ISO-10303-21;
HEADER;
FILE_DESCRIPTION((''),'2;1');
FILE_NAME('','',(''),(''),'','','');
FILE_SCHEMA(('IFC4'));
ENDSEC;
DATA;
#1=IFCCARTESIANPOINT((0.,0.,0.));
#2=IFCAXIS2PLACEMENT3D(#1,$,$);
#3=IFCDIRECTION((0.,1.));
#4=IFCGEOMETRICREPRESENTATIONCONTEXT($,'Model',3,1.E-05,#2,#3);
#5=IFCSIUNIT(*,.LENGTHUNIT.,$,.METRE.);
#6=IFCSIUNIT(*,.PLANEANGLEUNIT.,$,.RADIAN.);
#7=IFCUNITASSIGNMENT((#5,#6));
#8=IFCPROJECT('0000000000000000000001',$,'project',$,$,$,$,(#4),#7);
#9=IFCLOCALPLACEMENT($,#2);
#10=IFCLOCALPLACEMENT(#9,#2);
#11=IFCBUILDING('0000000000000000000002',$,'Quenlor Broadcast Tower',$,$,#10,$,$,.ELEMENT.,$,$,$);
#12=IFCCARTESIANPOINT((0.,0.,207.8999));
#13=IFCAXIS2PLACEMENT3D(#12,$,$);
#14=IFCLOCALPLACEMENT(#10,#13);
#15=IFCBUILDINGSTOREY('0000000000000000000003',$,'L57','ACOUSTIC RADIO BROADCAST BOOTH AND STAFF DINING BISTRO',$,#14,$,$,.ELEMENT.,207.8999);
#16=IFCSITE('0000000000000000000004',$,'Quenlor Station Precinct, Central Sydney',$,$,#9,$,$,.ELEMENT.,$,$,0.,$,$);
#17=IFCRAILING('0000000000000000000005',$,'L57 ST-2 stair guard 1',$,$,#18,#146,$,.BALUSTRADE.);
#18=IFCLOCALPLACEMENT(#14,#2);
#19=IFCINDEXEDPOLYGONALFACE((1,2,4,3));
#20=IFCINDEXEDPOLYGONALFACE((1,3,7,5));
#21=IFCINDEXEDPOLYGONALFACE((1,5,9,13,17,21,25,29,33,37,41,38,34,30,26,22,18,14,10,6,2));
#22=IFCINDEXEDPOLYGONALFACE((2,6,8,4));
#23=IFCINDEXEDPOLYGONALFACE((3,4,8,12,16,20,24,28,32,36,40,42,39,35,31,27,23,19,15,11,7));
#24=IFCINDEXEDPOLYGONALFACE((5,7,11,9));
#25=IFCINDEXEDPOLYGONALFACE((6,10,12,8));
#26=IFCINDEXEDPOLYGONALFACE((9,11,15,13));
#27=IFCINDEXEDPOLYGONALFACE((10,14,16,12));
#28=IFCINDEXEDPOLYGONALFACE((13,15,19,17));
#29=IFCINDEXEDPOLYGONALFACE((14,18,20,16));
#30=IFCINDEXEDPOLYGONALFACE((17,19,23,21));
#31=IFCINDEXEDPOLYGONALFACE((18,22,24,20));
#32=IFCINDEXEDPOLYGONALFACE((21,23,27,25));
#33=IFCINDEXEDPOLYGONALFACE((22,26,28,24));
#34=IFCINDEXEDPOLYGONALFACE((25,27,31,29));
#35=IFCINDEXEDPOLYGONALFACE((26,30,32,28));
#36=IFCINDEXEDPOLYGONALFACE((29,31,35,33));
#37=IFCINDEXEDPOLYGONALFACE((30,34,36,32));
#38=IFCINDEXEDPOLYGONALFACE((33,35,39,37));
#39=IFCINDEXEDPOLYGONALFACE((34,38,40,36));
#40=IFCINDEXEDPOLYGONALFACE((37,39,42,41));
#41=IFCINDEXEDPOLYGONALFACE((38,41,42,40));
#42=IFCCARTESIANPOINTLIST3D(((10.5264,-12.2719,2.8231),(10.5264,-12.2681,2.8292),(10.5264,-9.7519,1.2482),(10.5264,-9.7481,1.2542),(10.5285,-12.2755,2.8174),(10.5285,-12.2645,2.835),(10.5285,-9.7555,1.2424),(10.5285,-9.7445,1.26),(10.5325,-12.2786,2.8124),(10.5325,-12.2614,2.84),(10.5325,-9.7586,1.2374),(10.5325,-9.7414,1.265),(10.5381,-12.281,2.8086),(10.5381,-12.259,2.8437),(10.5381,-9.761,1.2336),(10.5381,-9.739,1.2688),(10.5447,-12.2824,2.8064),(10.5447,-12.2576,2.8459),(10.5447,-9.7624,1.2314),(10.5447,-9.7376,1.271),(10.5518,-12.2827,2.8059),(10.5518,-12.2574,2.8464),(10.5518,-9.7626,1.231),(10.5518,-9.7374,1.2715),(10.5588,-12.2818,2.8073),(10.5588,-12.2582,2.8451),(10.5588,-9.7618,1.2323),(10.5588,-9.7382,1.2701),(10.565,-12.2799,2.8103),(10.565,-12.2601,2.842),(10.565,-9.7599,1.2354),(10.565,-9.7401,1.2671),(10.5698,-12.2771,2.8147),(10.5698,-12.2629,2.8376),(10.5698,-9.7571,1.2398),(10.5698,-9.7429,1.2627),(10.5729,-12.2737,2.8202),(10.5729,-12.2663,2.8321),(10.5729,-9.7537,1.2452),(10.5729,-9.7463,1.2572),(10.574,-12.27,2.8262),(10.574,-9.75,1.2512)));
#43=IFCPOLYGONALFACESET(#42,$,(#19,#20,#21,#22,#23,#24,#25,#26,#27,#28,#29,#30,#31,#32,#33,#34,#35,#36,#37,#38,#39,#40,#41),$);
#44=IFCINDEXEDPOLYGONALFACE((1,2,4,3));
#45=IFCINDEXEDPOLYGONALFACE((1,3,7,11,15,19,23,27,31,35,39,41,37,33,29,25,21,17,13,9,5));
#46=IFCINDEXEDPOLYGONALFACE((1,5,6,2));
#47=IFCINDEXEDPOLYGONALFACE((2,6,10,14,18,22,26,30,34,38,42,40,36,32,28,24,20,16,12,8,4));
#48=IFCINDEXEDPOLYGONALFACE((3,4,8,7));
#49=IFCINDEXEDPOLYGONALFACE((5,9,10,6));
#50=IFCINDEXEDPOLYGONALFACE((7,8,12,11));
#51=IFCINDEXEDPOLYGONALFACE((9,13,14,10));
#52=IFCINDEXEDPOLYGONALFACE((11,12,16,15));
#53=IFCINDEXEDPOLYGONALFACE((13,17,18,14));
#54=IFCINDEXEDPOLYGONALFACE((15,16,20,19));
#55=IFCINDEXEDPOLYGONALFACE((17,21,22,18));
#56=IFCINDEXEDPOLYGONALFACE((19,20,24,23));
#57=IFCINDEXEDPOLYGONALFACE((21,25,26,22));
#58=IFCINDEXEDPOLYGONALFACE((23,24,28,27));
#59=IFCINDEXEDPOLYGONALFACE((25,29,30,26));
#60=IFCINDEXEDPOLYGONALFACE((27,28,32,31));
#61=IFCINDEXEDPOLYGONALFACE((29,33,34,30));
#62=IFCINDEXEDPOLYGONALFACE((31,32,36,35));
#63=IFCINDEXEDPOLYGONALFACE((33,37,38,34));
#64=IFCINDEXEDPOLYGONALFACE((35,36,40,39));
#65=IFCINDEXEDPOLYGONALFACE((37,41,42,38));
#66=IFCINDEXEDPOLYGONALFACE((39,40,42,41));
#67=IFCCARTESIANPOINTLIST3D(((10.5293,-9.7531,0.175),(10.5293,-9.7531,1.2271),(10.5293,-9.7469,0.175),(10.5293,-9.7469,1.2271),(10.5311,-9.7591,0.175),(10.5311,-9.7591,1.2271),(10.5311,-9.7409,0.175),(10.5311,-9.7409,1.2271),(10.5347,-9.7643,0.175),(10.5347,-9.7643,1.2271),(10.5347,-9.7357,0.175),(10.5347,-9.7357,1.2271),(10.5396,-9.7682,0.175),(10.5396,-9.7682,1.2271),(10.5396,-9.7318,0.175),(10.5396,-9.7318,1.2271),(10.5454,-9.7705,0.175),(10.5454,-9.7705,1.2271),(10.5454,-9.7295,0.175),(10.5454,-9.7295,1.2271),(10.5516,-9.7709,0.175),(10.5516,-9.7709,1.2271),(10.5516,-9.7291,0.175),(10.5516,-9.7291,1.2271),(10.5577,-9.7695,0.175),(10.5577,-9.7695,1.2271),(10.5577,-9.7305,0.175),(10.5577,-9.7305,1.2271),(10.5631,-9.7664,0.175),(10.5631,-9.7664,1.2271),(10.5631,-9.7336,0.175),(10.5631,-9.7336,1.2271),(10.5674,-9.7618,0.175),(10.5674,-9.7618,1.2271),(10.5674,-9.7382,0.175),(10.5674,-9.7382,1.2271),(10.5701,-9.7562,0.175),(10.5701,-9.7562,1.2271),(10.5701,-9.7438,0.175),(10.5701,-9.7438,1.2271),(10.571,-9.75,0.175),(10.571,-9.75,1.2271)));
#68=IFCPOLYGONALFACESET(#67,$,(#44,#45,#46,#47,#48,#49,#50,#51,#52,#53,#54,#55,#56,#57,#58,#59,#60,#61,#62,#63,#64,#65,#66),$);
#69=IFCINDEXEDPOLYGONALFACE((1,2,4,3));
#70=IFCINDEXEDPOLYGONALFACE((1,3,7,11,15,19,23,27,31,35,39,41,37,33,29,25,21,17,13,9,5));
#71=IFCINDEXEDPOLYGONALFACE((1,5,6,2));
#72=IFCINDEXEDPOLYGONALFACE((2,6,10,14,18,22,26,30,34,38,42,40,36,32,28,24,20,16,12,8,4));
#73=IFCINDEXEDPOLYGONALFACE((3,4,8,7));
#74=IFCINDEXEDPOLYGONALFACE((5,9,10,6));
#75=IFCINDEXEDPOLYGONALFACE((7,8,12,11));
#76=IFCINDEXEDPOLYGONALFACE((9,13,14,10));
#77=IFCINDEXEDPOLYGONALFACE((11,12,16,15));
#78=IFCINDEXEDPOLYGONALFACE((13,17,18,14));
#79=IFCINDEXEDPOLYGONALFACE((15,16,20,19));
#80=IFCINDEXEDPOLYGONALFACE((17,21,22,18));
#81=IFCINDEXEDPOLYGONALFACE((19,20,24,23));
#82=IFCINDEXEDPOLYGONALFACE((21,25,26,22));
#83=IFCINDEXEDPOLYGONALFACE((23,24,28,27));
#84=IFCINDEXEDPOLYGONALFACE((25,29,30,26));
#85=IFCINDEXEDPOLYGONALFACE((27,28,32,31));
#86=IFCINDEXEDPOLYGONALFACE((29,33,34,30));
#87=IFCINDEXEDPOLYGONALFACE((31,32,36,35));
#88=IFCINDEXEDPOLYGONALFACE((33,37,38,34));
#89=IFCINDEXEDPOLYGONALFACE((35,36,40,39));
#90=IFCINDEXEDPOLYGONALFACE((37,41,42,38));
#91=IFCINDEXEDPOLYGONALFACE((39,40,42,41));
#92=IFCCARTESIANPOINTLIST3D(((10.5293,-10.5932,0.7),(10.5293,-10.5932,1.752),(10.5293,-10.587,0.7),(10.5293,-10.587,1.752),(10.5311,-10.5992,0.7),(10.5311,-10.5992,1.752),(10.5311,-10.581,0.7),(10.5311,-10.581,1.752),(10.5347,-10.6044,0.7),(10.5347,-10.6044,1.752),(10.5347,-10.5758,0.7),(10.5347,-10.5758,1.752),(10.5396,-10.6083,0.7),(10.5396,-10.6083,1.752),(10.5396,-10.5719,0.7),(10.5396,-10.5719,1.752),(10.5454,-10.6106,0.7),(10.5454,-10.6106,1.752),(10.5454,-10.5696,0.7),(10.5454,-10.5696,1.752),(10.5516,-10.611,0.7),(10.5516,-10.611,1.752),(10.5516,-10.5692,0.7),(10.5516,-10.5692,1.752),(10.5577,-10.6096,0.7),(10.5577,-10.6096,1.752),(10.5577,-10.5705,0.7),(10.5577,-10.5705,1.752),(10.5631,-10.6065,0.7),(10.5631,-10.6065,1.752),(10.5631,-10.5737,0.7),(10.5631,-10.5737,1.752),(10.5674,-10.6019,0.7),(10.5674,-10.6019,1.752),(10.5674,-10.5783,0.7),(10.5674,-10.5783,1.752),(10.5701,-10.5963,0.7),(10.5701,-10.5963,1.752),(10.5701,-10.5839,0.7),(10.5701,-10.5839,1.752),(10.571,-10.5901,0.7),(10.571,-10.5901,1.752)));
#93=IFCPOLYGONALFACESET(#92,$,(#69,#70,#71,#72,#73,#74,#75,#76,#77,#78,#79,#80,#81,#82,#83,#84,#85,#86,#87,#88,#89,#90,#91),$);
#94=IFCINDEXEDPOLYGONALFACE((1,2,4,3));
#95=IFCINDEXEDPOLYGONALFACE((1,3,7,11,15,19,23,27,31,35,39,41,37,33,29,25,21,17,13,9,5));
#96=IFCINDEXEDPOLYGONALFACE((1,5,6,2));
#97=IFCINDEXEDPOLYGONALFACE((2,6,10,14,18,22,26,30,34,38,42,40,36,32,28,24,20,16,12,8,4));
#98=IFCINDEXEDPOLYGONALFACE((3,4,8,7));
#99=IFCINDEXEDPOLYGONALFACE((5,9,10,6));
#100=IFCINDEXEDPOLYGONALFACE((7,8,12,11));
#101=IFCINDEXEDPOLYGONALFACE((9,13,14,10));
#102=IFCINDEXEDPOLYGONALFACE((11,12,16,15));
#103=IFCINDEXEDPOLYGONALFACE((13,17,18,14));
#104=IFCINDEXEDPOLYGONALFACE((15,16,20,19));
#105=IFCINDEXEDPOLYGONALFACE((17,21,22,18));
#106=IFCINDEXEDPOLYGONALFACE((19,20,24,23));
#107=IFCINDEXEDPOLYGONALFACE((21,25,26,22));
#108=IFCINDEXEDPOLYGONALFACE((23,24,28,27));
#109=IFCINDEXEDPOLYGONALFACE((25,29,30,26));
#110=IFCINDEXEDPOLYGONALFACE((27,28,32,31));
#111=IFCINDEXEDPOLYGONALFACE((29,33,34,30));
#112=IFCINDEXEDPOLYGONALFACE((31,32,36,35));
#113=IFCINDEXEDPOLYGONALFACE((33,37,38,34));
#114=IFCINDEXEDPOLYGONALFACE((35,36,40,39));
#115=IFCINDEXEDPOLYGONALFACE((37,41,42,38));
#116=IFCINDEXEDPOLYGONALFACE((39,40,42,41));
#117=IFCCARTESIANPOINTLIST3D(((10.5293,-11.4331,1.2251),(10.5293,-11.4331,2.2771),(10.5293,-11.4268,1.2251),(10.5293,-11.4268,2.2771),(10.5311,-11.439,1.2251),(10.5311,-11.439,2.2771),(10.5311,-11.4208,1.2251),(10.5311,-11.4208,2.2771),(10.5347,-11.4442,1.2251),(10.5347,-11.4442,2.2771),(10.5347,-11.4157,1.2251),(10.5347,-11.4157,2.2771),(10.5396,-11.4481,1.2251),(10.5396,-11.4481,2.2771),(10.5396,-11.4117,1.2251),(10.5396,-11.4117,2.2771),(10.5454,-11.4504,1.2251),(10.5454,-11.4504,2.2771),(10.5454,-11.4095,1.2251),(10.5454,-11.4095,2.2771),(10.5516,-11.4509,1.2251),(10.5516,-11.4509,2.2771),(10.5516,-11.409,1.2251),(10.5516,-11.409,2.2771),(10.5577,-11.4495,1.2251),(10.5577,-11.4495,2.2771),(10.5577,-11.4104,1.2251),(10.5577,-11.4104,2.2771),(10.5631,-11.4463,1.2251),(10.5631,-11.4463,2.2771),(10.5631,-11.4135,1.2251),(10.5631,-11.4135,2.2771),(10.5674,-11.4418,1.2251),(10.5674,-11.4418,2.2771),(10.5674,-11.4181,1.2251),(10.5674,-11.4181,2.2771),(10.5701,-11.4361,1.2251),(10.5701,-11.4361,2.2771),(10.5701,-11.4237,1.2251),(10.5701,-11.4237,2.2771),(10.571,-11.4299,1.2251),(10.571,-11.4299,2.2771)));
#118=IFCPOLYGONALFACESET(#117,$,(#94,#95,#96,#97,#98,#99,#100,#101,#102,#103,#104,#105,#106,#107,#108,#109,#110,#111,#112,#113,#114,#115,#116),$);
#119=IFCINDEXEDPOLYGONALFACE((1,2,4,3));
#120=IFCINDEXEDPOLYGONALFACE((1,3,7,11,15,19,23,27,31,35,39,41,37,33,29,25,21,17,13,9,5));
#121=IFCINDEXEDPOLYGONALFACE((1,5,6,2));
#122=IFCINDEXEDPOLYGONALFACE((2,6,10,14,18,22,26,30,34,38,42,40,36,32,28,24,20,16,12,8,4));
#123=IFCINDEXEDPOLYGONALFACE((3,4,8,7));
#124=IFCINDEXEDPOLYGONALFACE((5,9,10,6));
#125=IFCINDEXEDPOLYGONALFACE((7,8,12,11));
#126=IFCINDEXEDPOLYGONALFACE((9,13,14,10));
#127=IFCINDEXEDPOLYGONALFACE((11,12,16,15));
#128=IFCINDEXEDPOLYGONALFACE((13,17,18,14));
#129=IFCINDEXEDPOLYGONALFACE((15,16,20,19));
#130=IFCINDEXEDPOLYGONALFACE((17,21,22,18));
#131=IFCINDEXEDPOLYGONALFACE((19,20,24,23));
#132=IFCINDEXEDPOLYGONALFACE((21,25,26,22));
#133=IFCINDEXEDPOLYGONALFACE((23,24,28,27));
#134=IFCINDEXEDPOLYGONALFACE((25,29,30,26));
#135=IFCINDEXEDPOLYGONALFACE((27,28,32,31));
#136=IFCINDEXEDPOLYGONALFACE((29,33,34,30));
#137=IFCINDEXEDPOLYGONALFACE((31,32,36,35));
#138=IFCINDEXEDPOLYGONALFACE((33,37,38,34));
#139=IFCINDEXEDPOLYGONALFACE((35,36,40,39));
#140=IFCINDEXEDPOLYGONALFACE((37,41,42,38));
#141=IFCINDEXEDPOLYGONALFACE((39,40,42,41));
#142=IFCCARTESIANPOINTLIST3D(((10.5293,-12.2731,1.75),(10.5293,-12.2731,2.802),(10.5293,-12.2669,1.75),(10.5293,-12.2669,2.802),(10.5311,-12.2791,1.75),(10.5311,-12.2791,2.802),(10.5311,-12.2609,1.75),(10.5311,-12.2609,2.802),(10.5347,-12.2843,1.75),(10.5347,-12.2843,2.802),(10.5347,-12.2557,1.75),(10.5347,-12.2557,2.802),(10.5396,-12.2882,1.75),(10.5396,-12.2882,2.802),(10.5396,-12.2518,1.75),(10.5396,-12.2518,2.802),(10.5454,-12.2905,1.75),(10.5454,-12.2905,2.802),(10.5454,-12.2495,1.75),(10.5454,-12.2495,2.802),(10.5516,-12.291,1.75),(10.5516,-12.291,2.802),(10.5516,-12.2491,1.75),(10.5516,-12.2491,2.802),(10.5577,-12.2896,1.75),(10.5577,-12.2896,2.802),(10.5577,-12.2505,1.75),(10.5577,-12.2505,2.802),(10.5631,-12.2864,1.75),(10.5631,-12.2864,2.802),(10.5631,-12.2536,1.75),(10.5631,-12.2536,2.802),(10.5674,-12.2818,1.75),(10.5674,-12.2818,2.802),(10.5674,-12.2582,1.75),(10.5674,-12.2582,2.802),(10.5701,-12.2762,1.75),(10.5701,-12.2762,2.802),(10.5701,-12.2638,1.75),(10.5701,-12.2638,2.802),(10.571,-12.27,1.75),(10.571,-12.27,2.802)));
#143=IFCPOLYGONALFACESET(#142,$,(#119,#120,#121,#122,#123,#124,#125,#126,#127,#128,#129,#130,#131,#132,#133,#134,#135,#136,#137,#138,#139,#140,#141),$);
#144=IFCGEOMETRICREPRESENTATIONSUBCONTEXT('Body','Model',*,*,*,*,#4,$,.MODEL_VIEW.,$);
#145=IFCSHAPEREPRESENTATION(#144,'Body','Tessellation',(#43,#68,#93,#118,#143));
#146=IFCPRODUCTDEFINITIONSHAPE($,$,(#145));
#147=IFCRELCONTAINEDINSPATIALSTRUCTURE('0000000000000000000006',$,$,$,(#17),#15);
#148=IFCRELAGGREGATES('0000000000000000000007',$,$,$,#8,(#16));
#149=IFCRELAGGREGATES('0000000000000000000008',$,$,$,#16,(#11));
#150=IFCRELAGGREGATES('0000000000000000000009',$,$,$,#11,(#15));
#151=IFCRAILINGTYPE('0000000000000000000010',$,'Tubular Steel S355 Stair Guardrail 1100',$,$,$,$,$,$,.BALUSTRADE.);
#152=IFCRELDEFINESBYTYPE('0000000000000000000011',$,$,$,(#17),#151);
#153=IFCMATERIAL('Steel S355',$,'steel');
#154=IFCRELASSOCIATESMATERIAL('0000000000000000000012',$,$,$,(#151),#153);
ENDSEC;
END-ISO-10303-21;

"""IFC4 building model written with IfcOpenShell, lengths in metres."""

from ifc_helpers import new_model, si_unit, direction, frame, origin, origin_2d, place, context, subcontext, project, spatial, circle, extrude, material, type_object, element, save


model = new_model("IFC4")

# Units and contexts
model_context = context("Model", 3, precision=1e-05, world=origin(), true_north=direction((0.0, 1.0)))
body_context = subcontext(model_context, "Body", "Model", "MODEL_VIEW")
ifc_project = project(units=[si_unit("LENGTHUNIT", "METRE"), si_unit("PLANEANGLEUNIT", "RADIAN")], contexts=[model_context])

# Site, building, storey
site_placement = place(None, origin())
site = spatial("IfcSite", under=ifc_project, at=site_placement, Name="Quenlor Station Precinct, Central Sydney", CompositionType="ELEMENT", RefElevation=0.0)
building_placement = place(site_placement, origin())
building = spatial("IfcBuilding", under=site, at=building_placement, Name="Quenlor Broadcast Tower", CompositionType="ELEMENT")
storey_placement = place(building_placement, frame((0.0, 0.0, 207.8999)))
storey = spatial("IfcBuildingStorey", under=building, at=storey_placement, Name="L57", Description="ACOUSTIC RADIO BROADCAST BOOTH AND STAFF DINING BISTRO", CompositionType="ELEMENT", Elevation=207.8999)

# Railing
ifc_material_1 = material(Name="Steel S355", Category="steel")
railing_type_1 = type_object("IfcRailingType", Name="Tubular Steel S355 Stair Guardrail 1100", PredefinedType="BALUSTRADE", material=ifc_material_1)
railing_1_placement = place(storey_placement, frame((10.55, -9.75, 0.175)))
element("IfcRailing", 1, at=railing_1_placement, inside=storey, type_object=railing_type_1, Name="L57 ST-2 stair guard 1", PredefinedType="BALUSTRADE", context=body_context, shape_type="SweptSolid", body=[
    extrude(circle(Radius=0.0239, at=origin_2d()), frame((0.0, 0.0, 1.0762), z_axis=(0.0, -0.848008, 0.529984), x_axis=(1.0, 0.0, 0.0)), (0.0, 0.0, 1.0), 2.9717),
    extrude(circle(Radius=0.021, at=origin_2d()), origin(), (0.0, 0.0, 1.0), 1.052),
    extrude(circle(Radius=0.021, at=origin_2d()), frame((0.0, -0.8401, 0.5249)), (0.0, 0.0, 1.0), 1.052),
    extrude(circle(Radius=0.021, at=origin_2d()), frame((0.0, -1.6799, 1.05)), (0.0, 0.0, 1.0), 1.052),
    extrude(circle(Radius=0.021, at=origin_2d()), frame((0.0, -2.52, 1.575)), (0.0, 0.0, 1.0), 1.052),
])

save(model, "model.ifc")
